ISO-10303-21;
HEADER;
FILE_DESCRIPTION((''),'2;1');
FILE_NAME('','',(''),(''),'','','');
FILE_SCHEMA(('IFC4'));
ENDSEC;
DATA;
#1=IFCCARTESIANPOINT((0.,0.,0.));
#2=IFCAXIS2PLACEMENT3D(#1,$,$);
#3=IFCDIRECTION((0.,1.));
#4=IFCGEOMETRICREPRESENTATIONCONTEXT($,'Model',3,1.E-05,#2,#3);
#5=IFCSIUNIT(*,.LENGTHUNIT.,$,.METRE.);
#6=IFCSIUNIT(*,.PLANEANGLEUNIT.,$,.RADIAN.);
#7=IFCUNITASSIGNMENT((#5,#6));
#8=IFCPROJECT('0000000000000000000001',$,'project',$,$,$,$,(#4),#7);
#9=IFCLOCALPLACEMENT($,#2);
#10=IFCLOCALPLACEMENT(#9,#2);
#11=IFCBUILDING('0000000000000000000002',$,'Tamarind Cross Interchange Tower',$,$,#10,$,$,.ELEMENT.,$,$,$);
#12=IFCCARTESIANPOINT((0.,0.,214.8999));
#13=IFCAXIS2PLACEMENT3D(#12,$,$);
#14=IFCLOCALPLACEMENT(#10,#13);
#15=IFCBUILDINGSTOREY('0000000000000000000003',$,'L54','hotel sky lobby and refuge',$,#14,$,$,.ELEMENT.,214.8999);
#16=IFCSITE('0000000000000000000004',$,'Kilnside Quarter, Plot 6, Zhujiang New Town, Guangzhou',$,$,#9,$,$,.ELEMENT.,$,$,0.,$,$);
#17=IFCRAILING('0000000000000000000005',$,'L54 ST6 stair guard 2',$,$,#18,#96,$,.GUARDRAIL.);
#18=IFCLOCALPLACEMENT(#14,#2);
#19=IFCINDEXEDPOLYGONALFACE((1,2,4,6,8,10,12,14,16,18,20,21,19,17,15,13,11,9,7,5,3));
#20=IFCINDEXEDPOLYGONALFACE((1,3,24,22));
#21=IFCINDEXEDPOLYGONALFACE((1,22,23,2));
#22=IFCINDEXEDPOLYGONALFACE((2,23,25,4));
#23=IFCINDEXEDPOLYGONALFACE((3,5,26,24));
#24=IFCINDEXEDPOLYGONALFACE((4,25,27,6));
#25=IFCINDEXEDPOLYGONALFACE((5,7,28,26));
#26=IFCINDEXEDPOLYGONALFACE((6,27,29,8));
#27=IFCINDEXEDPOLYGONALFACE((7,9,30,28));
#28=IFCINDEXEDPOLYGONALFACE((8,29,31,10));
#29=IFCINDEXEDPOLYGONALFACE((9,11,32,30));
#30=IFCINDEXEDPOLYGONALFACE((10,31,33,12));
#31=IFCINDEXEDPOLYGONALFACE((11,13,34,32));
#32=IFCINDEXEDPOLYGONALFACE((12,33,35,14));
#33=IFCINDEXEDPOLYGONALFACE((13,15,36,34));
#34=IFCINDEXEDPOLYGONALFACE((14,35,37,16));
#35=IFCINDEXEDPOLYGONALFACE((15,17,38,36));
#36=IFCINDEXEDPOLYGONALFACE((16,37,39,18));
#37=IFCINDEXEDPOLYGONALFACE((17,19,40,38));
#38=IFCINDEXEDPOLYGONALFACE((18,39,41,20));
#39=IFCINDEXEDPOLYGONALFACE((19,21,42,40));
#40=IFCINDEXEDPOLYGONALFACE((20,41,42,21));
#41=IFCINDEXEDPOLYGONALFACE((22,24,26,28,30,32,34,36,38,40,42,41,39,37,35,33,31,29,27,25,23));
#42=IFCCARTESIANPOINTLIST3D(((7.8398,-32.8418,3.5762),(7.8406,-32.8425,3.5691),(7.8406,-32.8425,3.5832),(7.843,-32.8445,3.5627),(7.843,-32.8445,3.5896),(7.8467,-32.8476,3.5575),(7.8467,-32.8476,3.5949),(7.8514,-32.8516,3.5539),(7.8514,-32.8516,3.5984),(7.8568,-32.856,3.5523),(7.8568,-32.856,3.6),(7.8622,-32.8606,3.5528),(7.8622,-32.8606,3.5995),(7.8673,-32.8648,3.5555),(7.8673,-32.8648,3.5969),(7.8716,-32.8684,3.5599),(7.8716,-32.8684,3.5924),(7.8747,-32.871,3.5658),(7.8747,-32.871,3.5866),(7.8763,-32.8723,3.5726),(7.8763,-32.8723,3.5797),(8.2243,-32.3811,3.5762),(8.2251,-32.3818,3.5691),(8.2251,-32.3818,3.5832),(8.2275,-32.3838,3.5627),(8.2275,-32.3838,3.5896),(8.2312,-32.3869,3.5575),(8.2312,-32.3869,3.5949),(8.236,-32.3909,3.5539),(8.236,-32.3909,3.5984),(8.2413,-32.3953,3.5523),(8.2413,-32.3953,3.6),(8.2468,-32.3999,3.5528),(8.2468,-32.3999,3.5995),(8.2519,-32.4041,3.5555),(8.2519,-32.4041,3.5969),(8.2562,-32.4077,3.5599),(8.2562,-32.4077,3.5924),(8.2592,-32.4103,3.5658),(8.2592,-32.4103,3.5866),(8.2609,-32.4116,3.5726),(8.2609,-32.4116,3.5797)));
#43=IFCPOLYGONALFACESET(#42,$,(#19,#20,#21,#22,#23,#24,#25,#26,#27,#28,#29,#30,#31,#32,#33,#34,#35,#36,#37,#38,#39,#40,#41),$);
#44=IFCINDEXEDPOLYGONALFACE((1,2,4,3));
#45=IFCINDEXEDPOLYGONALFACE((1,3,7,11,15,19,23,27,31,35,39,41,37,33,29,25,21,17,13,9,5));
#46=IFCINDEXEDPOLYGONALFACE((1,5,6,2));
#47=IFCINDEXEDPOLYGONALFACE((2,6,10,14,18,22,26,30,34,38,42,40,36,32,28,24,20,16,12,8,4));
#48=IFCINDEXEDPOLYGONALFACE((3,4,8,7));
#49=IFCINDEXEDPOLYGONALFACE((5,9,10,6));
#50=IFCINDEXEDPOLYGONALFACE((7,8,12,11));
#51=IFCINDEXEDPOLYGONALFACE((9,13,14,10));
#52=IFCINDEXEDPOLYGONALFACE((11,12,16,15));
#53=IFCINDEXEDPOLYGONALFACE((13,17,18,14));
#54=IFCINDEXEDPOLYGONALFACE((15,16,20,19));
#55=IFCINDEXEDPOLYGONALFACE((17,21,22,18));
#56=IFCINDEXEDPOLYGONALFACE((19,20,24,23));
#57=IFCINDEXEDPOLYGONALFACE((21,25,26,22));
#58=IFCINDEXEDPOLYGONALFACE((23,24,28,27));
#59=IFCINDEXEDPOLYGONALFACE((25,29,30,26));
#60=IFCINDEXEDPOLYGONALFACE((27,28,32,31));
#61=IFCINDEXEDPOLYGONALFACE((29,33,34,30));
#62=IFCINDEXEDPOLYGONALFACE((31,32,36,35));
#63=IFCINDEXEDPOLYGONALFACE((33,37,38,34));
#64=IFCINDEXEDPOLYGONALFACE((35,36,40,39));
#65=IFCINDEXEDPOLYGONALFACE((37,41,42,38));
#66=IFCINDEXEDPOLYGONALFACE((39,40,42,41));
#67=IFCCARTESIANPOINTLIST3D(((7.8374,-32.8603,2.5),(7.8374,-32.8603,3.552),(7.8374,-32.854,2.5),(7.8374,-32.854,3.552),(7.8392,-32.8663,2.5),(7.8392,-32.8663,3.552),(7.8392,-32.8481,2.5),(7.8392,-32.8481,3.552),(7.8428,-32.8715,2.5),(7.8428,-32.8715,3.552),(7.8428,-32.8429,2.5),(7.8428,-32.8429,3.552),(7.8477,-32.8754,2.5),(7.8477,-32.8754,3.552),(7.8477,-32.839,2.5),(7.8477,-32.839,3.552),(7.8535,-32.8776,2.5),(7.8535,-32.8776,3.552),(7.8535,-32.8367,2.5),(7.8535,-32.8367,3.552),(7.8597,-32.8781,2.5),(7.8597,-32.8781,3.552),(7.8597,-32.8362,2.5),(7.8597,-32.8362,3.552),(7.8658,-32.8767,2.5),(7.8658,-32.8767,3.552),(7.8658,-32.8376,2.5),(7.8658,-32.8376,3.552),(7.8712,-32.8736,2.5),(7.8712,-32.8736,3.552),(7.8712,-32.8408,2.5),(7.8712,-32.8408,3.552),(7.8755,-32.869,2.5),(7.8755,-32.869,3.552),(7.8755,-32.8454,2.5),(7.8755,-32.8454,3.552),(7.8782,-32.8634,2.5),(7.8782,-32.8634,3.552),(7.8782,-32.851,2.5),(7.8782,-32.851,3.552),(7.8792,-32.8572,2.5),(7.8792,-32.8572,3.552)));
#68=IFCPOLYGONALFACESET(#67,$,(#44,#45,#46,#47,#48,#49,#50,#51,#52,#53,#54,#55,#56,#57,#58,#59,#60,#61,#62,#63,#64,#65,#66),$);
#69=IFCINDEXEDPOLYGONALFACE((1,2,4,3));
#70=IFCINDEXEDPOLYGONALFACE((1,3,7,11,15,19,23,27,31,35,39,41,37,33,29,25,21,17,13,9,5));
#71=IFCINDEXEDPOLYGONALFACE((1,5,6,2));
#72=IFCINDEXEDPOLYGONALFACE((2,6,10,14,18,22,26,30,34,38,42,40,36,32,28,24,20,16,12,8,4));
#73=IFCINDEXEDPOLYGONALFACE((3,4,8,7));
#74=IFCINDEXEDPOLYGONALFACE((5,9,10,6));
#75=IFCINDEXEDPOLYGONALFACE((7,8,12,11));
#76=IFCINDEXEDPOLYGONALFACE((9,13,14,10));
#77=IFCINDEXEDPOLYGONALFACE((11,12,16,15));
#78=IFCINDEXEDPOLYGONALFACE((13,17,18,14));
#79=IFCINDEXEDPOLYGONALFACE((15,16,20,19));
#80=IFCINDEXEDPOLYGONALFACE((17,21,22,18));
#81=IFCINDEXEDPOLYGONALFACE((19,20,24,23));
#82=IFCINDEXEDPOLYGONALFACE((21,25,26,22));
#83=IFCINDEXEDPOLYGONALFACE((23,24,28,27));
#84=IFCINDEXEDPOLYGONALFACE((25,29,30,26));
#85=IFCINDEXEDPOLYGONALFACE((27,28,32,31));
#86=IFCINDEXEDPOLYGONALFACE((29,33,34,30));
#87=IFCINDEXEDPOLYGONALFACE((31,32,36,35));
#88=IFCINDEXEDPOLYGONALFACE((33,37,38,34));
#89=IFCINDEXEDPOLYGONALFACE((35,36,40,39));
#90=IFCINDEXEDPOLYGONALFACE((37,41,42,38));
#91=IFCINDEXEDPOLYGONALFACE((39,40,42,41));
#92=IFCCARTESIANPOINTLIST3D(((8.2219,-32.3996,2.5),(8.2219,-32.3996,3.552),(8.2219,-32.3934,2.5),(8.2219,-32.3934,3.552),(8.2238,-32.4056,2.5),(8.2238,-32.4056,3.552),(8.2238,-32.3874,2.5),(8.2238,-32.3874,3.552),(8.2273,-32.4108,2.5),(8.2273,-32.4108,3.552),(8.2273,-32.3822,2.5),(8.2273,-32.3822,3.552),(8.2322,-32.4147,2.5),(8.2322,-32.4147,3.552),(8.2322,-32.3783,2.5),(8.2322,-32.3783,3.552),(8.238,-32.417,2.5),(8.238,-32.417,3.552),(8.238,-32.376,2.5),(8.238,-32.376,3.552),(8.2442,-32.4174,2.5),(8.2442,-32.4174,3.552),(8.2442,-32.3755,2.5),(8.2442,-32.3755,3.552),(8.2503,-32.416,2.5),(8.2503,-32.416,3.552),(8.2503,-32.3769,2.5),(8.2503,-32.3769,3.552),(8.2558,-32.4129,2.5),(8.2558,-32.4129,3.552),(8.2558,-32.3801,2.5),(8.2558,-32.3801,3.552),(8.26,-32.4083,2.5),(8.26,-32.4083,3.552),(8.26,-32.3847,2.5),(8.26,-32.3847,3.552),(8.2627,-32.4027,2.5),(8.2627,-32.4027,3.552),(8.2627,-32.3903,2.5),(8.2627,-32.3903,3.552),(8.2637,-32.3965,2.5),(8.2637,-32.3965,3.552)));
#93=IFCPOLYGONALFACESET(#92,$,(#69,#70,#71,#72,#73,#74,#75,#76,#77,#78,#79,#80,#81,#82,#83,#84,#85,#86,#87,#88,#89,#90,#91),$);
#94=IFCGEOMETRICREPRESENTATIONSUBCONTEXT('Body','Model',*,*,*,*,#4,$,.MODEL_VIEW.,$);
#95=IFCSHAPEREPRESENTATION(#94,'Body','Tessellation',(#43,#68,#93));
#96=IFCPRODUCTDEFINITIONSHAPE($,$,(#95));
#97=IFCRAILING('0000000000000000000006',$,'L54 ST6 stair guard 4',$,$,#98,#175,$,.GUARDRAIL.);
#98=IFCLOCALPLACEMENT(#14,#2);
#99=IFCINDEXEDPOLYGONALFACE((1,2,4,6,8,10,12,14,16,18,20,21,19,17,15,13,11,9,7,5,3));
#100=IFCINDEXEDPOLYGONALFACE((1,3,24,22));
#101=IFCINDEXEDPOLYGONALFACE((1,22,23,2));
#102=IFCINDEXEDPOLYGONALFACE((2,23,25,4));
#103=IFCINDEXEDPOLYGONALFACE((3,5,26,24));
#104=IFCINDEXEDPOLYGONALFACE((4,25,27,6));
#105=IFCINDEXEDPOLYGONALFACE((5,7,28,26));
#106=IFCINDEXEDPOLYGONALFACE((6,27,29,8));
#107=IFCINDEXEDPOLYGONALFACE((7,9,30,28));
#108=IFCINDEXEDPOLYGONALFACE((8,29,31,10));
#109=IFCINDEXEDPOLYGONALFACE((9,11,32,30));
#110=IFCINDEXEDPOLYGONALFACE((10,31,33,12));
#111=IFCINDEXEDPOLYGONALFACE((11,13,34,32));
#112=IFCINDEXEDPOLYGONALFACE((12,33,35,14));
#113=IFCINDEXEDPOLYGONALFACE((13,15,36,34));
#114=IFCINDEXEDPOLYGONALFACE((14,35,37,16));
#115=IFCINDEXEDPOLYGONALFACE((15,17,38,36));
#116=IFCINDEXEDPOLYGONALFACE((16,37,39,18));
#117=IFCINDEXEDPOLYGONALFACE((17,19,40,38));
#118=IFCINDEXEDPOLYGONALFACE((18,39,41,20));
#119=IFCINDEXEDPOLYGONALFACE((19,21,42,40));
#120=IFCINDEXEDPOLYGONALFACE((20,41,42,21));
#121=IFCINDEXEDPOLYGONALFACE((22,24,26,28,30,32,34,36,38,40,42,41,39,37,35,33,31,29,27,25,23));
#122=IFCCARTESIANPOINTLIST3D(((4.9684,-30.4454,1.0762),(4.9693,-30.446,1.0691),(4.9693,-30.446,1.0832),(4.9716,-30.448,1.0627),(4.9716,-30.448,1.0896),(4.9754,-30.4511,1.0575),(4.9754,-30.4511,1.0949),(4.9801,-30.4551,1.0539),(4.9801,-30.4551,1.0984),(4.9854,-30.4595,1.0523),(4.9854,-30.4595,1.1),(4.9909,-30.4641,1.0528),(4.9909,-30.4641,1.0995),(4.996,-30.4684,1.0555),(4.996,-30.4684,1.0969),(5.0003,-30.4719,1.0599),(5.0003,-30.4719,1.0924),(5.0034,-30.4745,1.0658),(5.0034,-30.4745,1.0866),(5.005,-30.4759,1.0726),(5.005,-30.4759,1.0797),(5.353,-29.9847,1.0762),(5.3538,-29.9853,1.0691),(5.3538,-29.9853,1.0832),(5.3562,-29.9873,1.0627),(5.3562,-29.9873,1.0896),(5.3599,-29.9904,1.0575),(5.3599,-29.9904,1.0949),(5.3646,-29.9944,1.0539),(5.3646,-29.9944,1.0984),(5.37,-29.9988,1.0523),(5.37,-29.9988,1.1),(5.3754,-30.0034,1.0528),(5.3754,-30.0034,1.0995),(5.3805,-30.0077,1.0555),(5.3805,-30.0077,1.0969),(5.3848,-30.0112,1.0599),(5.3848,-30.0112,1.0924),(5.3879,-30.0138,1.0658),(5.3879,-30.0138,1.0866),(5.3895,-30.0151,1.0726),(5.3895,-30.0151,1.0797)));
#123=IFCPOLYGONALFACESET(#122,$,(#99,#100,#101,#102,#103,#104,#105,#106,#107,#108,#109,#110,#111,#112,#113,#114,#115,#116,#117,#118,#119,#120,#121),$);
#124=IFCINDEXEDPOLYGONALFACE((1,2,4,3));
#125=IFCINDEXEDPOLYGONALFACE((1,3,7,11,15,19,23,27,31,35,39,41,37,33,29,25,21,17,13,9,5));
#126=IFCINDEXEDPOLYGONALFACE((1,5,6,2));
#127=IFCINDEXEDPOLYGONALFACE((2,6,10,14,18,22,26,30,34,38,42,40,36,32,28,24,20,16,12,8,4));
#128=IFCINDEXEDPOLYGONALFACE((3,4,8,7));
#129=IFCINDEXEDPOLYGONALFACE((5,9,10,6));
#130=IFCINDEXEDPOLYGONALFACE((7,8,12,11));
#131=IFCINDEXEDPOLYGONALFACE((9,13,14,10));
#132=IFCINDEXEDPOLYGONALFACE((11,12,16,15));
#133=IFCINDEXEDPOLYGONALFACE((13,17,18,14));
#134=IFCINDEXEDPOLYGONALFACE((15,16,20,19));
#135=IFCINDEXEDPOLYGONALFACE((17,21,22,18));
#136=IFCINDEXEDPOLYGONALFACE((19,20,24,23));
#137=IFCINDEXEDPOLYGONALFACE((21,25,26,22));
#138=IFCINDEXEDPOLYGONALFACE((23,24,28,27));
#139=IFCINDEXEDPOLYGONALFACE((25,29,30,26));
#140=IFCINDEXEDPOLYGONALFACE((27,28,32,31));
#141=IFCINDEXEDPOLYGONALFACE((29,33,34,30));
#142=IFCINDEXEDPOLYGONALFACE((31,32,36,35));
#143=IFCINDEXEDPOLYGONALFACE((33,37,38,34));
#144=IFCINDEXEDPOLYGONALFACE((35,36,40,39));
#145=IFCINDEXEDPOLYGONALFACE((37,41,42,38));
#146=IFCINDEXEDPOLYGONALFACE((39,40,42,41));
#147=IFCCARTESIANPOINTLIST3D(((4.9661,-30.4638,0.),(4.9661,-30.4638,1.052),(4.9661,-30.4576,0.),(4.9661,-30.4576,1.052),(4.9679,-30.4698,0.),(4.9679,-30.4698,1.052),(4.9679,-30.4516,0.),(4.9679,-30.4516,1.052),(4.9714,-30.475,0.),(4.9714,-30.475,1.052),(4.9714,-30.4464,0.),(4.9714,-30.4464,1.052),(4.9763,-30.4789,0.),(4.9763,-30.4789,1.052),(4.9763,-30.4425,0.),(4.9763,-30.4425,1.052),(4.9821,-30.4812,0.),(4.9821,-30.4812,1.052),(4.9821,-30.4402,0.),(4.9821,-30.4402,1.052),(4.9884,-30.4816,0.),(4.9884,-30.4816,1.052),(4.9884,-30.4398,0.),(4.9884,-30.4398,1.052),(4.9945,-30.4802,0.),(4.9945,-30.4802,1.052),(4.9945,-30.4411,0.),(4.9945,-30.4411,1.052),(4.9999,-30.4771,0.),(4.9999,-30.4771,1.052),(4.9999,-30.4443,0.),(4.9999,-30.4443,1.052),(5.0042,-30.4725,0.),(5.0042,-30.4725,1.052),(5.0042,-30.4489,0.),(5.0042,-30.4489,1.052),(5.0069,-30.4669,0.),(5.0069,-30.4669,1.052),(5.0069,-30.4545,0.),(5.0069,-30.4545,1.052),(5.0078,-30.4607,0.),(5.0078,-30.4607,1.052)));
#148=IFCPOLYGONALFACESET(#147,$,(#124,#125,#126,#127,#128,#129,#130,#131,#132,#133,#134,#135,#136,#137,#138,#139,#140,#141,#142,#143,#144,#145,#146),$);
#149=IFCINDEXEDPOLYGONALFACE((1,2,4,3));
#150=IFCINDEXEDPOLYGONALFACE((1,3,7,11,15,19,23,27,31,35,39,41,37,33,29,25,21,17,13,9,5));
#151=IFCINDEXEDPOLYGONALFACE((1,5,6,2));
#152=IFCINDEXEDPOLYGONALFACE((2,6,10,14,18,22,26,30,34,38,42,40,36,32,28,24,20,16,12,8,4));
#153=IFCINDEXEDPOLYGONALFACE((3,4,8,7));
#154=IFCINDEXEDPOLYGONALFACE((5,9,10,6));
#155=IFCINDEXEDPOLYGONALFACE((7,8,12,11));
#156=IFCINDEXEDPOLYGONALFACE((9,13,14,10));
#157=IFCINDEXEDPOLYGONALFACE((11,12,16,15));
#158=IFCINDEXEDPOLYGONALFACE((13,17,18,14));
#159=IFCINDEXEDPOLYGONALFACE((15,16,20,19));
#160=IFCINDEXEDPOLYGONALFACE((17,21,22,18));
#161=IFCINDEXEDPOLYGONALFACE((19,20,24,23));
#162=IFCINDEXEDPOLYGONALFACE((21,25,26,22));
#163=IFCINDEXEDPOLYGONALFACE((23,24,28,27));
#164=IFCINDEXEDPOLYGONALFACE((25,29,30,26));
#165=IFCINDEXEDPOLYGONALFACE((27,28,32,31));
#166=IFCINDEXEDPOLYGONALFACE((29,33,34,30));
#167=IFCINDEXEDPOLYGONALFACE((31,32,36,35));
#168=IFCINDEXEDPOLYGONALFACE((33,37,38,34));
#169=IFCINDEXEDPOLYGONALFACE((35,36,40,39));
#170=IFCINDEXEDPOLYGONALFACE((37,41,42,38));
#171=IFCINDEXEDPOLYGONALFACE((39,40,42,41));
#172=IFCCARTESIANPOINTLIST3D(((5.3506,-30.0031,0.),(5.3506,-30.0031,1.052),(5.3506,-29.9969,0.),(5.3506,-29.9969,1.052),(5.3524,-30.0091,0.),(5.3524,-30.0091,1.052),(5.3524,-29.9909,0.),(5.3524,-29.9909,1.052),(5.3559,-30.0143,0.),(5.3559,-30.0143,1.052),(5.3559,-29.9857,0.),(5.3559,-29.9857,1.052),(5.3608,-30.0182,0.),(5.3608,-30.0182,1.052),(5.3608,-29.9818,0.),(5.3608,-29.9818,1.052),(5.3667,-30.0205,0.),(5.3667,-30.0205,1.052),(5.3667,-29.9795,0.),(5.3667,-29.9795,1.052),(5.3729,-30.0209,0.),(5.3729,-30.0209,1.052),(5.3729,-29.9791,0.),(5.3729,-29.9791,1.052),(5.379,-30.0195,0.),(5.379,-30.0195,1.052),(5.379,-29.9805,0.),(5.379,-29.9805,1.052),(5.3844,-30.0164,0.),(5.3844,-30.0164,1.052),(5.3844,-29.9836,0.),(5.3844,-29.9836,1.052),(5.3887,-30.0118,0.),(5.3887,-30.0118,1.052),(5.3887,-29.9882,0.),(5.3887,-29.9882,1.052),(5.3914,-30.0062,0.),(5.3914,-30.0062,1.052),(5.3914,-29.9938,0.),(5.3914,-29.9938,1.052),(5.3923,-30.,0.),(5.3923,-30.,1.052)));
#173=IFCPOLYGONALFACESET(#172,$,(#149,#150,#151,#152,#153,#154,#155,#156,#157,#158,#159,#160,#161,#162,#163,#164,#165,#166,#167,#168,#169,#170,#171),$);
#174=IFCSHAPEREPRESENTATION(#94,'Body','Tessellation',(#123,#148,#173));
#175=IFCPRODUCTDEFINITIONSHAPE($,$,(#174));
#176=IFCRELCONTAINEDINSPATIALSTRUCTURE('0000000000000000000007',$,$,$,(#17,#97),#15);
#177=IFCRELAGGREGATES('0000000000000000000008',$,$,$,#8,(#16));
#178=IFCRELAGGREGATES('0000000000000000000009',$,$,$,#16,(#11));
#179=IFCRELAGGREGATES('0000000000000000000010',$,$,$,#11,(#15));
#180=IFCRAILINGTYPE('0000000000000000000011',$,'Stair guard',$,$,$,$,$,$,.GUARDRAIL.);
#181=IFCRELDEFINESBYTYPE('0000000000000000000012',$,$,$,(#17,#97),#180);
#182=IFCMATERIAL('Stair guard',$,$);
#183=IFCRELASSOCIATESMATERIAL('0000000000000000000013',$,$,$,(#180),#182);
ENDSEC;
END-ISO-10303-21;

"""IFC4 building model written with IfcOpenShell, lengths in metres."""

from ifc_helpers import new_model, si_unit, direction, frame, origin, origin_2d, place, context, subcontext, project, spatial, circle, extrude, material, type_object, element, save


model = new_model("IFC4")

# Units and contexts
model_context = context("Model", 3, precision=1e-05, world=origin(), true_north=direction((0.0, 1.0)))
body_context = subcontext(model_context, "Body", "Model", "MODEL_VIEW")
ifc_project = project(units=[si_unit("LENGTHUNIT", "METRE"), si_unit("PLANEANGLEUNIT", "RADIAN")], contexts=[model_context])

# Site, building, storey
site_placement = place(None, origin())
site = spatial("IfcSite", under=ifc_project, at=site_placement, Name="Kilnside Quarter, Plot 6, Zhujiang New Town, Guangzhou", CompositionType="ELEMENT", RefElevation=0.0)
building_placement = place(site_placement, origin())
building = spatial("IfcBuilding", under=site, at=building_placement, Name="Tamarind Cross Interchange Tower", CompositionType="ELEMENT")
storey_placement = place(building_placement, frame((0.0, 0.0, 214.8999)))
storey = spatial("IfcBuildingStorey", under=building, at=storey_placement, Name="L54", Description="hotel sky lobby and refuge", CompositionType="ELEMENT", Elevation=214.8999)

# Railings
ifc_material_1 = material(Name="Stair guard")
railing_type_1 = type_object("IfcRailingType", Name="Stair guard", PredefinedType="GUARDRAIL", material=ifc_material_1)
for number, where, name in (
    (1, (7.8582, -32.8572, 2.5), "L54 ST6 stair guard 2"),
    (2, (4.9868, -30.4607, 0.0), "L54 ST6 stair guard 4"),
):
    element("IfcRailing", number, at=place(storey_placement, frame(where)), inside=storey, type_object=railing_type_1, Name=name, PredefinedType="GUARDRAIL", context=body_context, shape_type="SweptSolid", body=[
        extrude(circle(Radius=0.0239, at=origin_2d()), frame((0.0, 0.0, 1.0762), z_axis=(0.640784, 0.767721, 0.0), x_axis=(-0.767721, 0.640784, 0.0)), (0.0, 0.0, 1.0), 0.6001),
        extrude(circle(Radius=0.021, at=origin_2d()), origin(), (0.0, 0.0, 1.0), 1.052),
        extrude(circle(Radius=0.021, at=origin_2d()), frame((0.3845, 0.4607, 0.0)), (0.0, 0.0, 1.0), 1.052),
    ])

save(model, "model.ifc")
